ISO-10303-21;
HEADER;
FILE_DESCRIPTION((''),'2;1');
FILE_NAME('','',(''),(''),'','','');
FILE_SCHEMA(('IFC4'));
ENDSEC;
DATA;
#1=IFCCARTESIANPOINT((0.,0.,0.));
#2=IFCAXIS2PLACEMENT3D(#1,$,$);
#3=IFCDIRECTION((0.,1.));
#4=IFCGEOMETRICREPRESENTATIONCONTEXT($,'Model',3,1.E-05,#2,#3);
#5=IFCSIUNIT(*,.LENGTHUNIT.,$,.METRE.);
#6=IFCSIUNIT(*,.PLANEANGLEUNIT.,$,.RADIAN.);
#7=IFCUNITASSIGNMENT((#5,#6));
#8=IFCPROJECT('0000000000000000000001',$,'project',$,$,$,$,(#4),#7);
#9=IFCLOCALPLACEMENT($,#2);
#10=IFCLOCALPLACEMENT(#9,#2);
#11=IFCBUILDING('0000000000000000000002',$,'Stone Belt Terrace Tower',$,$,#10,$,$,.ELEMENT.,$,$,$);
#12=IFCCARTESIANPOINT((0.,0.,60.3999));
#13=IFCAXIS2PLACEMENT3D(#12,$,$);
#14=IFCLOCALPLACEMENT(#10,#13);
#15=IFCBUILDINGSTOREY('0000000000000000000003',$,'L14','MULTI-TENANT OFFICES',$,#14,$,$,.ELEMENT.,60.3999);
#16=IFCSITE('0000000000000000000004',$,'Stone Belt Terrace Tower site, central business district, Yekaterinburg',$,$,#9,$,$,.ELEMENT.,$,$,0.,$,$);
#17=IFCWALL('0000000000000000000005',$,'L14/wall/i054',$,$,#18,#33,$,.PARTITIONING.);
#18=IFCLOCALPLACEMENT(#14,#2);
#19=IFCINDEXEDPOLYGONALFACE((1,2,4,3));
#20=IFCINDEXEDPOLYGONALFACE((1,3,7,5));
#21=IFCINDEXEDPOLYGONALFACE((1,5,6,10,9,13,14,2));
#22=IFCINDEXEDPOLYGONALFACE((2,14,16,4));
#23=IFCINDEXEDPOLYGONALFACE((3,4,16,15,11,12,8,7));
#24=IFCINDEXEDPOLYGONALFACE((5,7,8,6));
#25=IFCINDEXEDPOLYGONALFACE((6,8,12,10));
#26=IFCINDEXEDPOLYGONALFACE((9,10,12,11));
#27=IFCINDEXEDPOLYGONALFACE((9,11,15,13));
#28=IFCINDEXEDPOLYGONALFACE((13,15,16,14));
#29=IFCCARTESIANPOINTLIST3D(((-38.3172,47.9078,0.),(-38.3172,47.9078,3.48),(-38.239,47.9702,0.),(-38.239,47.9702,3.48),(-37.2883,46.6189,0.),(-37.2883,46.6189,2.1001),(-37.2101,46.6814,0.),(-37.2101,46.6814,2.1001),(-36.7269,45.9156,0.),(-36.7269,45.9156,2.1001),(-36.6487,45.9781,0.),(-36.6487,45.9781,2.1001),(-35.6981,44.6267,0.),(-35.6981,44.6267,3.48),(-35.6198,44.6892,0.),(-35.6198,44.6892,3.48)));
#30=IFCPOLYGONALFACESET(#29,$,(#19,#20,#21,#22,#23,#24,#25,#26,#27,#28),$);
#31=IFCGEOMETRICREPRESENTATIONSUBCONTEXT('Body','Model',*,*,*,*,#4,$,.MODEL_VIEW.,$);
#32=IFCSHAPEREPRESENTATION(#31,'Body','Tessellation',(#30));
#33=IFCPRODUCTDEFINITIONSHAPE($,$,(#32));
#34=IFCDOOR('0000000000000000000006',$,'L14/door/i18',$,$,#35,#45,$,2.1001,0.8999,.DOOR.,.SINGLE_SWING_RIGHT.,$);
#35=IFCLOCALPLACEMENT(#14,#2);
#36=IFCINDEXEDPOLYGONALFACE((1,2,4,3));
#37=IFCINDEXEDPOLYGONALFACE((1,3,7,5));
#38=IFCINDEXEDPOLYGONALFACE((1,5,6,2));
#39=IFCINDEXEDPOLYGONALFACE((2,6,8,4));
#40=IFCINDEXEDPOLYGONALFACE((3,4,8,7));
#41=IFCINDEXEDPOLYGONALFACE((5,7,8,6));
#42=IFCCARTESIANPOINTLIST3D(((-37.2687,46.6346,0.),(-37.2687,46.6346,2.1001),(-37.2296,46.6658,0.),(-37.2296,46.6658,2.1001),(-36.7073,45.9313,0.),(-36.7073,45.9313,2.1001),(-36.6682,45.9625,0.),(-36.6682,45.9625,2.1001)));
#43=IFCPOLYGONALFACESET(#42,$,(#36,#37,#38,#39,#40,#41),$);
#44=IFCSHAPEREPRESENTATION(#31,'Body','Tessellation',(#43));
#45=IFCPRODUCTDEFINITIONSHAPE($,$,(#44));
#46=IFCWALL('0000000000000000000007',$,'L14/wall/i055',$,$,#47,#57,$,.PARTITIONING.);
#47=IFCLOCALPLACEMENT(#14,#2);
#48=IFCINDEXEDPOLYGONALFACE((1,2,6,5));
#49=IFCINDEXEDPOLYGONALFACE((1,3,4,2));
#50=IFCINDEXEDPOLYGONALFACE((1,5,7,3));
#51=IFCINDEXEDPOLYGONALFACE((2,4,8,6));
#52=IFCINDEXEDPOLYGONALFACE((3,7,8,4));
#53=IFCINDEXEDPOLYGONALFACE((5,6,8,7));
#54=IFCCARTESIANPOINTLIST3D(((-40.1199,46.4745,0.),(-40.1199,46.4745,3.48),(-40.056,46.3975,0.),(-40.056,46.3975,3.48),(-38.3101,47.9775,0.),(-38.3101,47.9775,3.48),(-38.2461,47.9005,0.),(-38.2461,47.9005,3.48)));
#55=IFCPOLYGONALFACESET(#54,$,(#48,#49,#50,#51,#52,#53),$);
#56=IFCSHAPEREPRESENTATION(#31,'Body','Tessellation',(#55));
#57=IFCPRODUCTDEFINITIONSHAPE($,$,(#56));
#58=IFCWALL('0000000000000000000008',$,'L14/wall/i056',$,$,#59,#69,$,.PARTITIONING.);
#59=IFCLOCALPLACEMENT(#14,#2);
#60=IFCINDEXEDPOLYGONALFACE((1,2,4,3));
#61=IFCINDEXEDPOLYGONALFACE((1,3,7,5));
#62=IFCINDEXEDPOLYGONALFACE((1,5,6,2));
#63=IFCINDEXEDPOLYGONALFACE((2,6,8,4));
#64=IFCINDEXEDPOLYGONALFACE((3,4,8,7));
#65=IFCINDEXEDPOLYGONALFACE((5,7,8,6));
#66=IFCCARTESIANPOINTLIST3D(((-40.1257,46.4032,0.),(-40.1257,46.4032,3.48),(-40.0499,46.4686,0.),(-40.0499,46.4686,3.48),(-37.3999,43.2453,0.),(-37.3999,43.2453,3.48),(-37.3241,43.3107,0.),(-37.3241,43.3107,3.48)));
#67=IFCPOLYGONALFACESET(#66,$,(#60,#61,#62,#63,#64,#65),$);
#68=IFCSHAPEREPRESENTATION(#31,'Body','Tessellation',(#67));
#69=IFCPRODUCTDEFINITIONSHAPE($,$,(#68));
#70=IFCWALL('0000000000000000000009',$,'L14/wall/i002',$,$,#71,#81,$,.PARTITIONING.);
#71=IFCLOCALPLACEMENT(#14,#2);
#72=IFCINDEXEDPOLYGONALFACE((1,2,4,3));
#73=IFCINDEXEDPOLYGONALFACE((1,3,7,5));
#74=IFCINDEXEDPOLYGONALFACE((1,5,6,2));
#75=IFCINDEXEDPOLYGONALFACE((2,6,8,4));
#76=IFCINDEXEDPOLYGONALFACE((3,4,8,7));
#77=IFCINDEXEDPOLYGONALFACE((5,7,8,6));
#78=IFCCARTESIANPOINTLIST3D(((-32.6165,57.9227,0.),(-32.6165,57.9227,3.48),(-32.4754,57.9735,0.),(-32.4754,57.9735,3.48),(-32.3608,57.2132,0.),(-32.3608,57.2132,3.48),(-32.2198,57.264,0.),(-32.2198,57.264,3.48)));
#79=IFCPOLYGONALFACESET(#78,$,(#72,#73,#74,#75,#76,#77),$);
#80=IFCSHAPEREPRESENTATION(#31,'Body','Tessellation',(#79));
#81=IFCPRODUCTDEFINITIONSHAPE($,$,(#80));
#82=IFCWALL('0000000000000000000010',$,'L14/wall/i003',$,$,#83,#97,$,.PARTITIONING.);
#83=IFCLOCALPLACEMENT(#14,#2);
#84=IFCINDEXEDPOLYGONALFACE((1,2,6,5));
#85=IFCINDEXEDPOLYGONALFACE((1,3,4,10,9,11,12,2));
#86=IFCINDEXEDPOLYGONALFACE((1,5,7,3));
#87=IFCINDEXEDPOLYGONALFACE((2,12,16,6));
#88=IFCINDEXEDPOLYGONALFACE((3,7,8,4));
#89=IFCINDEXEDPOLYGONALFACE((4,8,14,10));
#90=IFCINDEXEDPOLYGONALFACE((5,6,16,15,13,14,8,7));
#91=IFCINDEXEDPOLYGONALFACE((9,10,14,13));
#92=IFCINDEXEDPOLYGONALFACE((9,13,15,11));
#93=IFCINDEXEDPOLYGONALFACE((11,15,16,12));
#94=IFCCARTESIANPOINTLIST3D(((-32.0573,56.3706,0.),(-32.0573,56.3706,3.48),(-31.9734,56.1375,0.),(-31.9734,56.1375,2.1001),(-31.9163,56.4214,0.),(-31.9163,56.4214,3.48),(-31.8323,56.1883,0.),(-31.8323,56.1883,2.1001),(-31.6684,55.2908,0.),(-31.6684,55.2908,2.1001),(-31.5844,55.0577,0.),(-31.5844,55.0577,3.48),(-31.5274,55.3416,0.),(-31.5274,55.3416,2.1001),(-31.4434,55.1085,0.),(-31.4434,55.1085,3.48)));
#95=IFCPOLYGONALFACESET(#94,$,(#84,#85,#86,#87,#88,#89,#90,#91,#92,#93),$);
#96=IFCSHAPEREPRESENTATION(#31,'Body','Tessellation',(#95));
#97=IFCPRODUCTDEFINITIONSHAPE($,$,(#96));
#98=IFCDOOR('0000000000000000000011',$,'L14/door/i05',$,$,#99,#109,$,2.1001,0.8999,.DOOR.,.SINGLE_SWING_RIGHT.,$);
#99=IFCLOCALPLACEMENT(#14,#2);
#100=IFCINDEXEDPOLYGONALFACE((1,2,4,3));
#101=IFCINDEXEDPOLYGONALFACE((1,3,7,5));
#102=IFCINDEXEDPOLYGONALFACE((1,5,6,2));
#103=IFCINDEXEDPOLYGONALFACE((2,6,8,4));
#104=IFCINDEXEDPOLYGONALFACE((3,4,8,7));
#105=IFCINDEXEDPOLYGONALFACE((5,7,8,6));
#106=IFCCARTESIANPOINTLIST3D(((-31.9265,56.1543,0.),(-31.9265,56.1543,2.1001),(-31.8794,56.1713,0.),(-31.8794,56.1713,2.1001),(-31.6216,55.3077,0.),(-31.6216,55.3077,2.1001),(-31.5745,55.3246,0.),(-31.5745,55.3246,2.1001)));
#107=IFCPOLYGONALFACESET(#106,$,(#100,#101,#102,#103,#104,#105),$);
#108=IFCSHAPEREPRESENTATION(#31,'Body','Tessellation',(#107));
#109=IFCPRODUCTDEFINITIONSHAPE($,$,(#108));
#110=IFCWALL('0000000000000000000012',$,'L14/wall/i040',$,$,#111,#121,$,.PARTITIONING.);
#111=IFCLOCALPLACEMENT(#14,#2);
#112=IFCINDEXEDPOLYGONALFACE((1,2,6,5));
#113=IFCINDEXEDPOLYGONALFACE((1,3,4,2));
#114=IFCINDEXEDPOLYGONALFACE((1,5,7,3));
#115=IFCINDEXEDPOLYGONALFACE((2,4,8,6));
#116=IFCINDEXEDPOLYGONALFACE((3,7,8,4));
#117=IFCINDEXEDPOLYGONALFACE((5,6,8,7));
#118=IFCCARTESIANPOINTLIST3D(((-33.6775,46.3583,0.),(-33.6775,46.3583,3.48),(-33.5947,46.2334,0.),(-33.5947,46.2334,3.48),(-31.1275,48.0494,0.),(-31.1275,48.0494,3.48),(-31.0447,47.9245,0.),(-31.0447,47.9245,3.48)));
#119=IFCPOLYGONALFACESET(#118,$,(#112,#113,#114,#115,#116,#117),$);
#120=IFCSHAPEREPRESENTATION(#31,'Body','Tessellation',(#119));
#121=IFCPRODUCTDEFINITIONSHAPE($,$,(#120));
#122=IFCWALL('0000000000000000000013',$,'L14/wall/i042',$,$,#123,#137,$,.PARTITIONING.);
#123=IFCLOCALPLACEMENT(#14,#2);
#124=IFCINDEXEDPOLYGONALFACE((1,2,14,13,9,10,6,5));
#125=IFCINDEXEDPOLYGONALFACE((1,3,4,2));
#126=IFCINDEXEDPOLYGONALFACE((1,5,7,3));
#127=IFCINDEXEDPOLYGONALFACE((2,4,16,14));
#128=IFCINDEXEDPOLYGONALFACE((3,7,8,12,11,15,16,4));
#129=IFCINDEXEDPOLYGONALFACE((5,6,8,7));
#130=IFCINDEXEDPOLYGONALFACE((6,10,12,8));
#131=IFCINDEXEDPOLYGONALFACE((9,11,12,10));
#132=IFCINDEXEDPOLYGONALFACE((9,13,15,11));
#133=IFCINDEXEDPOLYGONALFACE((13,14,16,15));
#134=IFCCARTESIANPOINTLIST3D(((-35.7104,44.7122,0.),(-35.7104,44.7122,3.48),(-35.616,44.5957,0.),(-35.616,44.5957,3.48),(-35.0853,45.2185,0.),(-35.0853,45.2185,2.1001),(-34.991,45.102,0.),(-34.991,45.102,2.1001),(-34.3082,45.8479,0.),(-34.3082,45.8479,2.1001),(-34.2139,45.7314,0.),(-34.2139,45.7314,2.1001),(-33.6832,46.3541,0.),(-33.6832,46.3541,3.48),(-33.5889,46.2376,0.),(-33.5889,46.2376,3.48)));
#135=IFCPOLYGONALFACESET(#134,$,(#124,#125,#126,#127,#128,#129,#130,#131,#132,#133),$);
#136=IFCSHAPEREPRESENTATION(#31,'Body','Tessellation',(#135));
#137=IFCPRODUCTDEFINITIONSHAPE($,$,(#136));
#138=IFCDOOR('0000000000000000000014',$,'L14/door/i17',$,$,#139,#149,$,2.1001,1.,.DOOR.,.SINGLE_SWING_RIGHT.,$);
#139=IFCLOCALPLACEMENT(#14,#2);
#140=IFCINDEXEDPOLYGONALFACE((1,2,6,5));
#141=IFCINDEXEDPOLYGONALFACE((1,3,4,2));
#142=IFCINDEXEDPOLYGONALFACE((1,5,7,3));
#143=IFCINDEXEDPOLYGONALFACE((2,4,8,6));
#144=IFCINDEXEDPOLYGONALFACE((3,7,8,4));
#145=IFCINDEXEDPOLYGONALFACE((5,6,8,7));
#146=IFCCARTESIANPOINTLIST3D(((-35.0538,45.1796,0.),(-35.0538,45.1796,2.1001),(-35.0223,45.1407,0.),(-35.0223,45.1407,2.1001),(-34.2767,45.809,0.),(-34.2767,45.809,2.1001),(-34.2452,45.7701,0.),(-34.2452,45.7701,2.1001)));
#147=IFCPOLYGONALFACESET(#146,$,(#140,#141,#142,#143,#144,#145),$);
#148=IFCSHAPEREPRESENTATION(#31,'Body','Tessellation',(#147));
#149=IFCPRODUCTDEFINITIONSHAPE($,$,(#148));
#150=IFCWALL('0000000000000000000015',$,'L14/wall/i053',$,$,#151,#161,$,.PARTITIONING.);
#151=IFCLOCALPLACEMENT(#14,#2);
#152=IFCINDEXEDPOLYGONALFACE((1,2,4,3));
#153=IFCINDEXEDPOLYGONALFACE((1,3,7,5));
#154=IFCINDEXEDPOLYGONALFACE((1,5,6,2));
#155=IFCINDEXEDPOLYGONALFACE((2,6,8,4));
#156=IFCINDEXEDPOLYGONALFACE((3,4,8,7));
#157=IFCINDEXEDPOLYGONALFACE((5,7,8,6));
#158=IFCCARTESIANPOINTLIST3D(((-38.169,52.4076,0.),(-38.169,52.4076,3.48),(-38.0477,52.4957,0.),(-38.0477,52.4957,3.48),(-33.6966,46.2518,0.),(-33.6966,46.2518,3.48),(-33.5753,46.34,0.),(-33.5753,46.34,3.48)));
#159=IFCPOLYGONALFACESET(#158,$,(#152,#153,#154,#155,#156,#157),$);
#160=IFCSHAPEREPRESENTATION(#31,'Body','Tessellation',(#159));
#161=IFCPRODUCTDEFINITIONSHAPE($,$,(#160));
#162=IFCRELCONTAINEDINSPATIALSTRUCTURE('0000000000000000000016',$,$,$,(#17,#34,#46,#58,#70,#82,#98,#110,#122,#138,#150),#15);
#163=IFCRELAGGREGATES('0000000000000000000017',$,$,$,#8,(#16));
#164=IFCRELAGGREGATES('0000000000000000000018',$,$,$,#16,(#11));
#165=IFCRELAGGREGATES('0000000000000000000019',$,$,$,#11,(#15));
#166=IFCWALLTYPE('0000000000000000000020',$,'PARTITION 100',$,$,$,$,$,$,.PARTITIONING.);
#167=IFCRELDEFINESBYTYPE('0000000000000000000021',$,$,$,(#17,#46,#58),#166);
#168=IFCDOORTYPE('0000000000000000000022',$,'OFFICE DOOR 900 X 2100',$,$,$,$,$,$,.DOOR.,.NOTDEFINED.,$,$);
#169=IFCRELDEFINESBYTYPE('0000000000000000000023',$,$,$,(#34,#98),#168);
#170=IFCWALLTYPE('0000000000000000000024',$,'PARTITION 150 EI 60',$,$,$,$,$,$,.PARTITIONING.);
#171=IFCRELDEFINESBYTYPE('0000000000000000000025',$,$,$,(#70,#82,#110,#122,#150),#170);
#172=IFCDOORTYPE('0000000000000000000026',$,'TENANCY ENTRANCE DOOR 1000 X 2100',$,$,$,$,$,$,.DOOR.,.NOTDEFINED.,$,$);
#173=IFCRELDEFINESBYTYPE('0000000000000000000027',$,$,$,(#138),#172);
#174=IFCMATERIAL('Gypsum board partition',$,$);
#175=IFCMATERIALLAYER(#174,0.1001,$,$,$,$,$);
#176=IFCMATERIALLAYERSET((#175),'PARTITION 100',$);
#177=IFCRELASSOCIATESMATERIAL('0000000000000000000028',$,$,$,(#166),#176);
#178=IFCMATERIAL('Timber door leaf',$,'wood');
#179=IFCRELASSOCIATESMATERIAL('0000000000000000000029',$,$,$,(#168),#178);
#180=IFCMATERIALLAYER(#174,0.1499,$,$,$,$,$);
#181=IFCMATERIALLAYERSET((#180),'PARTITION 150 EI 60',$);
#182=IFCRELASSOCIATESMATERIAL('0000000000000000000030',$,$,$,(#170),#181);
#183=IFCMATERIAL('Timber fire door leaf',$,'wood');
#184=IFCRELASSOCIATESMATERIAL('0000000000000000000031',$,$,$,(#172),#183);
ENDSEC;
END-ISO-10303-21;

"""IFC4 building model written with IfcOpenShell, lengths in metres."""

from ifc_helpers import new_model, si_unit, direction, frame, frame_2d, origin, place, context, subcontext, project, spatial, rectangle, extrude, material, layer, layer_set, type_object, element, fill, save


model = new_model("IFC4")

# Units and contexts
model_context = context("Model", 3, precision=1e-05, world=origin(), true_north=direction((0.0, 1.0)))
body_context = subcontext(model_context, "Body", "Model", "MODEL_VIEW")
ifc_project = project(units=[si_unit("LENGTHUNIT", "METRE"), si_unit("PLANEANGLEUNIT", "RADIAN")], contexts=[model_context])

# Site, building, storey
site_placement = place(None, origin())
site = spatial("IfcSite", under=ifc_project, at=site_placement, Name="Stone Belt Terrace Tower site, central business district, Yekaterinburg", CompositionType="ELEMENT", RefElevation=0.0)
building_placement = place(site_placement, origin())
building = spatial("IfcBuilding", under=site, at=building_placement, Name="Stone Belt Terrace Tower", CompositionType="ELEMENT")
storey_placement = place(building_placement, frame((0.0, 0.0, 60.3999)))
storey = spatial("IfcBuildingStorey", under=building, at=storey_placement, Name="L14", Description="MULTI-TENANT OFFICES", CompositionType="ELEMENT", Elevation=60.3999)

# Wall, opening, door
ifc_material_1 = material(Name="Gypsum board partition")
ifc_layer_1 = layer(ifc_material_1, 0.1001)
ifc_layer_set_1 = layer_set([ifc_layer_1], Name="PARTITION 100")
wall_type_1 = type_object("IfcWallType", Name="PARTITION 100", PredefinedType="PARTITIONING", material=ifc_layer_set_1)
wall_1_placement = place(storey_placement, frame((-35.6589, 44.658, 0.0), z_axis=(0.0, 0.0, 1.0), x_axis=(-0.623872, 0.781527, 0.0)))
wall_1 = element("IfcWall", 1, at=wall_1_placement, inside=storey, type_object=wall_type_1, Name="L14/wall/i054", PredefinedType="PARTITIONING", context=body_context, shape_type="SweptSolid", body=[
    extrude(rectangle(XDim=4.1982, YDim=0.1001, at=frame_2d((2.0991, 0.0))), origin(), (0.0, 0.0, 1.0), 3.48),
])
opening_1_placement = place(wall_1_placement, frame((1.6492, 0.0, 0.0)))
opening_1 = element("IfcOpeningElement", 2, at=opening_1_placement, cuts=wall_1, PredefinedType="OPENING", context=body_context, shape_type="SweptSolid", body=[
    extrude(rectangle(XDim=0.8999, YDim=2.1001, at=frame_2d((0.45, 1.05))), frame((0.0, 0.0601, 0.0), z_axis=(0.0, -1.0, 0.0), x_axis=(1.0, 0.0, 0.0)), (0.0, 0.0, 1.0), 0.1201),
])
ifc_material_2 = material(Name="Timber door leaf", Category="wood")
door_type_1 = type_object("IfcDoorType", Name="OFFICE DOOR 900 X 2100", OperationType="NOTDEFINED", PredefinedType="DOOR", material=ifc_material_2)
door_1_placement = place(opening_1_placement, origin())
door_1 = element("IfcDoor", 3, at=door_1_placement, inside=storey, type_object=door_type_1, Name="L14/door/i18", OperationType="SINGLE_SWING_RIGHT", OverallHeight=2.1001, OverallWidth=0.8999, PredefinedType="DOOR", context=body_context, shape_type="SweptSolid", body=[
    extrude(rectangle(XDim=0.8999, YDim=2.1001, at=frame_2d((0.45, 1.05))), frame((0.0, 0.0249, 0.0), z_axis=(0.0, -1.0, 0.0), x_axis=(1.0, 0.0, 0.0)), (0.0, 0.0, 1.0), 0.05),
])
fill(opening_1, door_1)

# Walls
wall_2_placement = place(storey_placement, frame((-38.2781, 47.939, 0.0), z_axis=(0.0, 0.0, 1.0), x_axis=(-0.769317, -0.638867, 0.0)))
element("IfcWall", 4, at=wall_2_placement, inside=storey, type_object=wall_type_1, Name="L14/wall/i055", PredefinedType="PARTITIONING", context=body_context, shape_type="SweptSolid", body=[
    extrude(rectangle(XDim=2.3525, YDim=0.1001, at=frame_2d((1.1763, 0.0))), origin(), (0.0, 0.0, 1.0), 3.48),
])
wall_3_placement = place(storey_placement, frame((-40.0879, 46.436, 0.0), z_axis=(0.0, 0.0, 1.0), x_axis=(0.653414, -0.757001, 0.0)))
element("IfcWall", 5, at=wall_3_placement, inside=storey, type_object=wall_type_1, Name="L14/wall/i056", PredefinedType="PARTITIONING", context=body_context, shape_type="SweptSolid", body=[
    extrude(rectangle(XDim=4.1716, YDim=0.1001, at=frame_2d((2.0859, 0.0))), origin(), (0.0, 0.0, 1.0), 3.48),
])
ifc_layer_2 = layer(ifc_material_1, 0.1499)
ifc_layer_set_2 = layer_set([ifc_layer_2], Name="PARTITION 150 EI 60")
wall_type_2 = type_object("IfcWallType", Name="PARTITION 150 EI 60", PredefinedType="PARTITIONING", material=ifc_layer_set_2)
wall_4_placement = place(storey_placement, frame((-32.5459, 57.948, 0.0), z_axis=(0.0, 0.0, 1.0), x_axis=(0.33896, -0.940801, 0.0)))
element("IfcWall", 6, at=wall_4_placement, inside=storey, type_object=wall_type_2, Name="L14/wall/i002", PredefinedType="PARTITIONING", context=body_context, shape_type="SweptSolid", body=[
    extrude(rectangle(XDim=0.7542, YDim=0.1499, at=frame_2d((0.377, 0.0))), origin(), (0.0, 0.0, 1.0), 3.48),
])

# Wall, opening, door
wall_5_placement = place(storey_placement, frame((-31.9868, 56.396, 0.0), z_axis=(0.0, 0.0, 1.0), x_axis=(0.338862, -0.940836, 0.0)))
wall_5 = element("IfcWall", 7, at=wall_5_placement, inside=storey, type_object=wall_type_2, Name="L14/wall/i003", PredefinedType="PARTITIONING", context=body_context, shape_type="SweptSolid", body=[
    extrude(rectangle(XDim=1.3955, YDim=0.1499, at=frame_2d((0.6978, 0.0))), origin(), (0.0, 0.0, 1.0), 3.48),
])
opening_2_placement = place(wall_5_placement, frame((0.2478, 0.0, 0.0)))
opening_2 = element("IfcOpeningElement", 8, at=opening_2_placement, cuts=wall_5, PredefinedType="OPENING", context=body_context, shape_type="SweptSolid", body=[
    extrude(rectangle(XDim=0.8999, YDim=2.1001, at=frame_2d((0.45, 1.05))), frame((0.0, 0.085, 0.0), z_axis=(0.0, -1.0, 0.0), x_axis=(1.0, 0.0, 0.0)), (0.0, 0.0, 1.0), 0.1699),
])
door_2_placement = place(opening_2_placement, origin())
door_2 = element("IfcDoor", 9, at=door_2_placement, inside=storey, type_object=door_type_1, Name="L14/door/i05", OperationType="SINGLE_SWING_RIGHT", OverallHeight=2.1001, OverallWidth=0.8999, PredefinedType="DOOR", context=body_context, shape_type="SweptSolid", body=[
    extrude(rectangle(XDim=0.8999, YDim=2.1001, at=frame_2d((0.45, 1.05))), frame((0.0, 0.0249, 0.0), z_axis=(0.0, -1.0, 0.0), x_axis=(1.0, 0.0, 0.0)), (0.0, 0.0, 1.0), 0.05),
])
fill(opening_2, door_2)

# Wall
wall_6_placement = place(storey_placement, frame((-33.636, 46.2959, 0.0), z_axis=(0.0, 0.0, 1.0), x_axis=(0.833386, 0.552692, 0.0)))
element("IfcWall", 10, at=wall_6_placement, inside=storey, type_object=wall_type_2, Name="L14/wall/i040", PredefinedType="PARTITIONING", context=body_context, shape_type="SweptSolid", body=[
    extrude(rectangle(XDim=3.0598, YDim=0.1499, at=frame_2d((1.5298, 0.0))), origin(), (0.0, 0.0, 1.0), 3.48),
])

# Wall, opening, door
wall_7_placement = place(storey_placement, frame((-35.6631, 44.6541, 0.0), z_axis=(0.0, 0.0, 1.0), x_axis=(0.777084, 0.629397, 0.0)))
wall_7 = element("IfcWall", 11, at=wall_7_placement, inside=storey, type_object=wall_type_2, Name="L14/wall/i042", PredefinedType="PARTITIONING", context=body_context, shape_type="SweptSolid", body=[
    extrude(rectangle(XDim=2.6086, YDim=0.1499, at=frame_2d((1.3042, 0.0))), origin(), (0.0, 0.0, 1.0), 3.48),
])
opening_3_placement = place(wall_7_placement, frame((0.8042, 0.0, 0.0)))
opening_3 = element("IfcOpeningElement", 12, at=opening_3_placement, cuts=wall_7, PredefinedType="OPENING", context=body_context, shape_type="SweptSolid", body=[
    extrude(rectangle(XDim=1.0, YDim=2.1001, at=frame_2d((0.5, 1.05))), frame((0.0, 0.085, 0.0), z_axis=(0.0, -1.0, 0.0), x_axis=(1.0, 0.0, 0.0)), (0.0, 0.0, 1.0), 0.1699),
])
ifc_material_3 = material(Name="Timber fire door leaf", Category="wood")
door_type_2 = type_object("IfcDoorType", Name="TENANCY ENTRANCE DOOR 1000 X 2100", OperationType="NOTDEFINED", PredefinedType="DOOR", material=ifc_material_3)
door_3_placement = place(opening_3_placement, origin())
door_3 = element("IfcDoor", 13, at=door_3_placement, inside=storey, type_object=door_type_2, Name="L14/door/i17", OperationType="SINGLE_SWING_RIGHT", OverallHeight=2.1001, OverallWidth=1.0, PredefinedType="DOOR", context=body_context, shape_type="SweptSolid", body=[
    extrude(rectangle(XDim=1.0, YDim=2.1001, at=frame_2d((0.5, 1.05))), frame((0.0, 0.0249, 0.0), z_axis=(0.0, -1.0, 0.0), x_axis=(1.0, 0.0, 0.0)), (0.0, 0.0, 1.0), 0.05),
])
fill(opening_3, door_3)

# Wall
wall_8_placement = place(storey_placement, frame((-33.636, 46.2959, 0.0), z_axis=(0.0, 0.0, 1.0), x_axis=(-0.587784, 0.809018, 0.0)))
element("IfcWall", 14, at=wall_8_placement, inside=storey, type_object=wall_type_2, Name="L14/wall/i053", PredefinedType="PARTITIONING", context=body_context, shape_type="SweptSolid", body=[
    extrude(rectangle(XDim=7.6089, YDim=0.1499, at=frame_2d((3.8044, 0.0))), origin(), (0.0, 0.0, 1.0), 3.48),
])

save(model, "model.ifc")
